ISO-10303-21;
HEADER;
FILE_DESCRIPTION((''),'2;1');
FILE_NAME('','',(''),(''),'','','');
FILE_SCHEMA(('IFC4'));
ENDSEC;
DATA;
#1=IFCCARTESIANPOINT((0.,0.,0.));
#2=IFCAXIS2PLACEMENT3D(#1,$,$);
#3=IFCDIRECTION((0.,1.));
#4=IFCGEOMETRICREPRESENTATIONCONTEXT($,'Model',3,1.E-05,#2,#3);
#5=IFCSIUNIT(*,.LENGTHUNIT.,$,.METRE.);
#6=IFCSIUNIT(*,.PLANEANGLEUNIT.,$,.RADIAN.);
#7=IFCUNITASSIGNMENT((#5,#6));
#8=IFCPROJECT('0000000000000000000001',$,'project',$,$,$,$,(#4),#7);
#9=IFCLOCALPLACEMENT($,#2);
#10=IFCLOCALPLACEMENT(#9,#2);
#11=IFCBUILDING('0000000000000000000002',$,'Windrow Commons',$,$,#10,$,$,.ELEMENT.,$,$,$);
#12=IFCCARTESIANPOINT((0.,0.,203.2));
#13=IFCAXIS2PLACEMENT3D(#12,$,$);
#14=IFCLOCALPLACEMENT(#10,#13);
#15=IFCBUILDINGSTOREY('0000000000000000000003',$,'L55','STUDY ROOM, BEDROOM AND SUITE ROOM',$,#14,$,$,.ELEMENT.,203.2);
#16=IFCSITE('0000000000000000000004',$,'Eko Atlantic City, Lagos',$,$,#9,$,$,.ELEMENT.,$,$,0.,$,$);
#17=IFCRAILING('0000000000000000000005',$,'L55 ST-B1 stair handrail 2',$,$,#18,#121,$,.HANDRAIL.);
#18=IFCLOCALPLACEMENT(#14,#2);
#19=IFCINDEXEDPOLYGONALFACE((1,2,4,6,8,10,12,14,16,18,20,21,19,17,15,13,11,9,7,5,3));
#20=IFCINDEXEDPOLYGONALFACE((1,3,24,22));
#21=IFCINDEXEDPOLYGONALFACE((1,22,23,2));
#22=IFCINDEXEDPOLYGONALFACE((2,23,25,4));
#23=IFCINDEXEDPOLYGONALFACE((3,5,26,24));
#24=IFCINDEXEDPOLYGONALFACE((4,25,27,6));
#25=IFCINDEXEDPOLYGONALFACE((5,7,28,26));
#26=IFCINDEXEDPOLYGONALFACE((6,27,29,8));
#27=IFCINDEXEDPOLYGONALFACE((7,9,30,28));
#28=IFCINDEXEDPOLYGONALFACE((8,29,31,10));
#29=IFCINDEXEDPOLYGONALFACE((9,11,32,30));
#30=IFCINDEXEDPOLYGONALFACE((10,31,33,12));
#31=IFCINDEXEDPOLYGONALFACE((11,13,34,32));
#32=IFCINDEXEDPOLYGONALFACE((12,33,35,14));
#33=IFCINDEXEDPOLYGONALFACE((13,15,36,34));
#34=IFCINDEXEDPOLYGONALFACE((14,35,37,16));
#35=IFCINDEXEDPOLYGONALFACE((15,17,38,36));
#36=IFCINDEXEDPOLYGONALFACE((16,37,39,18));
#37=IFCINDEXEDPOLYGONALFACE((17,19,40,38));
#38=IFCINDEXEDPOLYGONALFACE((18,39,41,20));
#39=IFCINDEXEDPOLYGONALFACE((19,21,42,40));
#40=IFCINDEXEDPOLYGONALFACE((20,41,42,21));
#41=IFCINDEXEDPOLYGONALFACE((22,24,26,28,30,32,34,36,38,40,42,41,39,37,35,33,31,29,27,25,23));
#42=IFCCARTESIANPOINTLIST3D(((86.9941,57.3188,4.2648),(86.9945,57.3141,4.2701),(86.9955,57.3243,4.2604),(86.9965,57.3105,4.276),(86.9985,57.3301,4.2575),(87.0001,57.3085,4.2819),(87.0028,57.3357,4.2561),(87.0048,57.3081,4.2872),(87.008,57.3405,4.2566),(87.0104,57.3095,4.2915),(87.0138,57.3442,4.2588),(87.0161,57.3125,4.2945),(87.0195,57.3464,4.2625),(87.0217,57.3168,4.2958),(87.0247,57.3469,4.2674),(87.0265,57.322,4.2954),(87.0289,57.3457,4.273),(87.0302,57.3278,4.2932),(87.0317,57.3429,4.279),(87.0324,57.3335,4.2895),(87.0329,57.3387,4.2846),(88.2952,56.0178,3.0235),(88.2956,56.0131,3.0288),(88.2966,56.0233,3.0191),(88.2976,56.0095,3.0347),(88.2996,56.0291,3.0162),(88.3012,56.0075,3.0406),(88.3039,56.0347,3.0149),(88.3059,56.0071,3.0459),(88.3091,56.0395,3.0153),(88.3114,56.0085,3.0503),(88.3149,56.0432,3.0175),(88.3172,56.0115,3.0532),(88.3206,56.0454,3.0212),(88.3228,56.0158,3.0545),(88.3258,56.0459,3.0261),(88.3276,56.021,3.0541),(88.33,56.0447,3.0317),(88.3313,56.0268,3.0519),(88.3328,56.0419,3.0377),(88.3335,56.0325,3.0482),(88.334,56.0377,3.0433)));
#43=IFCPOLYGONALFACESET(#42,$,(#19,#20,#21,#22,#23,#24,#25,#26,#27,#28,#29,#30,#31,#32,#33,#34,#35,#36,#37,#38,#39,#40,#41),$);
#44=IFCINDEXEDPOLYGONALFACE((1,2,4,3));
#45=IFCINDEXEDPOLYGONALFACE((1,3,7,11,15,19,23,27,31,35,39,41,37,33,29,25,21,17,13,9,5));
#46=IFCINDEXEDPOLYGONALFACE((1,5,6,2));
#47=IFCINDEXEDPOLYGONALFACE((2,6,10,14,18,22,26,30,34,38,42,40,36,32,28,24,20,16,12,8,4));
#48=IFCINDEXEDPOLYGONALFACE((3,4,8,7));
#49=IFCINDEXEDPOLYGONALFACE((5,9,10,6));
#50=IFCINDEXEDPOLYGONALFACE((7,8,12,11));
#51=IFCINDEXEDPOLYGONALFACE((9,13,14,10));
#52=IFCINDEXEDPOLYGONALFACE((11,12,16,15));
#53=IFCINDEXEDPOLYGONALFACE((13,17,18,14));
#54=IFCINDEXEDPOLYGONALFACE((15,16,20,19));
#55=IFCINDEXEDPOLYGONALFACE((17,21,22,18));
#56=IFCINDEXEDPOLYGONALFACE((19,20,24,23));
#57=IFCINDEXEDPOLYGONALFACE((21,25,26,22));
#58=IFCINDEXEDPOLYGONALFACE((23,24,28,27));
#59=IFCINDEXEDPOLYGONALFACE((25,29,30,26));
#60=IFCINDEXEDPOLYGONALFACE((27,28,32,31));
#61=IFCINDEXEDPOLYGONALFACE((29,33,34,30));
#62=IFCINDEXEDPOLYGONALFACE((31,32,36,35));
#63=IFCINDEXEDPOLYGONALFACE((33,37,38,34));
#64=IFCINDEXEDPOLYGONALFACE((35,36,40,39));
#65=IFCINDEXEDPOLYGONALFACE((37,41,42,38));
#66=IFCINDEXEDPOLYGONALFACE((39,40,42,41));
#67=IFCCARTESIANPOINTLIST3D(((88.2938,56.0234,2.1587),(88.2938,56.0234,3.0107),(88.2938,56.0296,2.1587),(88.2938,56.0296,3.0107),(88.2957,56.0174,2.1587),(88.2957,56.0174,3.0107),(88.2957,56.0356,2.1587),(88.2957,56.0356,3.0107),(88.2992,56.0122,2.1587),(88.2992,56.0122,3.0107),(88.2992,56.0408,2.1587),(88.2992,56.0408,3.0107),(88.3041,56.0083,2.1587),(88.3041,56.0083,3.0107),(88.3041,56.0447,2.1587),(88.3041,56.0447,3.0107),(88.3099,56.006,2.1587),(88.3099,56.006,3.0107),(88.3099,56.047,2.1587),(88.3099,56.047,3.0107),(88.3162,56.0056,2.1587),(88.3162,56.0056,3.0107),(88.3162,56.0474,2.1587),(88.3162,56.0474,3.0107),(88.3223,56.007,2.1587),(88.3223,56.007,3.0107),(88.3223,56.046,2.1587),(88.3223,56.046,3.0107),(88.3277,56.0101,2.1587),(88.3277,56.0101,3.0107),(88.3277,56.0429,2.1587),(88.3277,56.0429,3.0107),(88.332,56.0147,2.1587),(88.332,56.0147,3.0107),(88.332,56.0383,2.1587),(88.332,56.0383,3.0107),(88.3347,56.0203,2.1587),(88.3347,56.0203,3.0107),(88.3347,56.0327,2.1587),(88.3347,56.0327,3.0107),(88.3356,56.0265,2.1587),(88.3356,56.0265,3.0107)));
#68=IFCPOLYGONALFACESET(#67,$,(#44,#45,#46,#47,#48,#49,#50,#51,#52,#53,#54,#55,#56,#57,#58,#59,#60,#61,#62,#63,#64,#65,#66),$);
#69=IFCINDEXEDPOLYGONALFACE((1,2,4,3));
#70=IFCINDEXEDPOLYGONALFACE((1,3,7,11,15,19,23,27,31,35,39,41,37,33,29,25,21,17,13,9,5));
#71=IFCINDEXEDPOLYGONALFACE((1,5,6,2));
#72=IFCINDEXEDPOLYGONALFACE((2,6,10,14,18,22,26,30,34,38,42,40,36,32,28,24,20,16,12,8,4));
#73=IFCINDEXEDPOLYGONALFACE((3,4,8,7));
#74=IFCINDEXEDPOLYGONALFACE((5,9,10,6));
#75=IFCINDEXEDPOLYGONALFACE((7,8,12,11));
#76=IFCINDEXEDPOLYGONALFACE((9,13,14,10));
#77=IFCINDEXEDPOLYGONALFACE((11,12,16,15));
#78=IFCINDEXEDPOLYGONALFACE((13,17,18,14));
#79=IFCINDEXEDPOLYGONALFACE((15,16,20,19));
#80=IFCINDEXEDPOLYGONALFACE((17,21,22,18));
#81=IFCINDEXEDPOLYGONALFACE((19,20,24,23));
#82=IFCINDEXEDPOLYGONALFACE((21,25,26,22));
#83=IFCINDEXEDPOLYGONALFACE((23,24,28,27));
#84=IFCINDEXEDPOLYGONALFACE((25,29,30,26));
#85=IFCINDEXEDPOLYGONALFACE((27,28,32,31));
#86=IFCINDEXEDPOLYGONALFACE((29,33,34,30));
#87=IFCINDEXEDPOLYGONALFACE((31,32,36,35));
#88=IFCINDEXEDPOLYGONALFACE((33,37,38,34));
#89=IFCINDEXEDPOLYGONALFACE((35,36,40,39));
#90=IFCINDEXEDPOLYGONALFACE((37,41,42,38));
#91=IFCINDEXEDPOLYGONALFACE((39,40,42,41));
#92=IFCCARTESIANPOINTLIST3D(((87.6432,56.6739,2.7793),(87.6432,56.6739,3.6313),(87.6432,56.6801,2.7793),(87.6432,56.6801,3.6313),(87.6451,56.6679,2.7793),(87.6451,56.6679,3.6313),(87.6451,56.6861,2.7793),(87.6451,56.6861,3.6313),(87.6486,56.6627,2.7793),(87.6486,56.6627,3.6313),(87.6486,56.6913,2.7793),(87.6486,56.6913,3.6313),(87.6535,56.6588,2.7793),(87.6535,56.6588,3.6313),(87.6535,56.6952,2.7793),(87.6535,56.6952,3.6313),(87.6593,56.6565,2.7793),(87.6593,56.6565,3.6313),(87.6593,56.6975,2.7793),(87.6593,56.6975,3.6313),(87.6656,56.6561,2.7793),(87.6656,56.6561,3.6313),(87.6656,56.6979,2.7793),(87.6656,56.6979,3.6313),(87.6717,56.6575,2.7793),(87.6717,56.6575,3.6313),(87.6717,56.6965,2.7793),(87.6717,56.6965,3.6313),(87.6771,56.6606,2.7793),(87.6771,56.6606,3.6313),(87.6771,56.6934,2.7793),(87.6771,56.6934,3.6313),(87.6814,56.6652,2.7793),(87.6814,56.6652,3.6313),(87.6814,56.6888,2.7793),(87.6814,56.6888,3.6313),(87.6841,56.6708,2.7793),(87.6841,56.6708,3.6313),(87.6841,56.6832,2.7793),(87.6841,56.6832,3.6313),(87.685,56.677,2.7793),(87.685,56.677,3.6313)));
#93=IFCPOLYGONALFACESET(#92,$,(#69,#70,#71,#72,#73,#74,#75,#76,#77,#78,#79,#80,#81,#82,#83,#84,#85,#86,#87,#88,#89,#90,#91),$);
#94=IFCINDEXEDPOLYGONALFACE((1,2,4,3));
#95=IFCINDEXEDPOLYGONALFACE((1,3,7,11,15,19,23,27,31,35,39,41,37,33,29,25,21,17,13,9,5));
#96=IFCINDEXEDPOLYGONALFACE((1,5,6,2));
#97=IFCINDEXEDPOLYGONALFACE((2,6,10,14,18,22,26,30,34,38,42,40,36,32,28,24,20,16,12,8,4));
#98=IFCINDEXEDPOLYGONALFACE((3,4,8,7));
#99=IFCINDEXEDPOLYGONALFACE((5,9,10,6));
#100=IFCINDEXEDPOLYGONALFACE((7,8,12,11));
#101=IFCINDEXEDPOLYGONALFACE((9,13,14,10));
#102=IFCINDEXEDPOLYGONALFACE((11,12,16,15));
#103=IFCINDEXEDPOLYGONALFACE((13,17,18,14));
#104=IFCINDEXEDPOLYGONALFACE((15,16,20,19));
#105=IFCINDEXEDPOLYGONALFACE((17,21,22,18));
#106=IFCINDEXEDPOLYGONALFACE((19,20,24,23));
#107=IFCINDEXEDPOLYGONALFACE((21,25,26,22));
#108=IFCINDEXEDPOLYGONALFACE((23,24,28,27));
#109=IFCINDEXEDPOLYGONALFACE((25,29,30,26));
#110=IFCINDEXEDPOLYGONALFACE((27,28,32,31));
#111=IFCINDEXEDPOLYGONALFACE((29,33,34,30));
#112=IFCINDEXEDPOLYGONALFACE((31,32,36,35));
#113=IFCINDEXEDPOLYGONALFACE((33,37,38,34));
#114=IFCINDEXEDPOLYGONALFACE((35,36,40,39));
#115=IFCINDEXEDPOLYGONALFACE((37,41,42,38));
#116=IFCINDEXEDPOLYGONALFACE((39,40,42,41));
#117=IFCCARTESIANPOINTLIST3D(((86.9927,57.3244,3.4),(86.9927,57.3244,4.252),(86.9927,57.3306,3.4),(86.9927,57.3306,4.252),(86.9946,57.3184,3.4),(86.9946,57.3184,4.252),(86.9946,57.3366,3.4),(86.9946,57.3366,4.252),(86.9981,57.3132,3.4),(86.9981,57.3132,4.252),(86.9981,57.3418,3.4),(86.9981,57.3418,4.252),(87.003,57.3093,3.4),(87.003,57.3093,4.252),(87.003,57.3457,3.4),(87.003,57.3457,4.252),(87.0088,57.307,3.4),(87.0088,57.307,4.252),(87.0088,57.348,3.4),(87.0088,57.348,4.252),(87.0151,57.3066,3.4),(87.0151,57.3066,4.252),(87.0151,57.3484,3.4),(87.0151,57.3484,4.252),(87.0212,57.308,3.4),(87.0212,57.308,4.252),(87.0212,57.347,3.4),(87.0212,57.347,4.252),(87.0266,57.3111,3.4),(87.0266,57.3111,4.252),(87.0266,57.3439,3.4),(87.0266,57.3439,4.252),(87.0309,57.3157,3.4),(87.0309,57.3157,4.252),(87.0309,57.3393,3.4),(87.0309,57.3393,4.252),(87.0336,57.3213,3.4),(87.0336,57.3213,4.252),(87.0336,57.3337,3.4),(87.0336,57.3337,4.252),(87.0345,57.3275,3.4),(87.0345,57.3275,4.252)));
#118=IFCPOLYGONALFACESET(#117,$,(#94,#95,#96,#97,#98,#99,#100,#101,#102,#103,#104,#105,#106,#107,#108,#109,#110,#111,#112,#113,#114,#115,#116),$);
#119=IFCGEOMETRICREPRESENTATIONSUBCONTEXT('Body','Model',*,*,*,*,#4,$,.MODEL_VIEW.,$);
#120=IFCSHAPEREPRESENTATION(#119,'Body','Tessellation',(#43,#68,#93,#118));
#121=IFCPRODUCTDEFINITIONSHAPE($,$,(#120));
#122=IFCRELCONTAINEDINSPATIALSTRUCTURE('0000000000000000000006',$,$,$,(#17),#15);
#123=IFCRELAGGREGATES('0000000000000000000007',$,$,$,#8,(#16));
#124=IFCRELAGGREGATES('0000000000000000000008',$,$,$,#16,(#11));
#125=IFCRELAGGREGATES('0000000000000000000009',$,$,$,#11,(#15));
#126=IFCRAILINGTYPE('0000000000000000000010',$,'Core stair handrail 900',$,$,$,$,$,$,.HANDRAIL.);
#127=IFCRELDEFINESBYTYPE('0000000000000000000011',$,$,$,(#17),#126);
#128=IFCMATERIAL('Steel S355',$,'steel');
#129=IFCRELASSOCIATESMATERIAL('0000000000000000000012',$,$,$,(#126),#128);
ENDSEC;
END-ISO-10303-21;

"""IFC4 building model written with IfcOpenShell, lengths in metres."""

from ifc_helpers import new_model, si_unit, direction, frame, origin, origin_2d, place, context, subcontext, project, spatial, circle, extrude, material, type_object, element, save


model = new_model("IFC4")

# Units and contexts
model_context = context("Model", 3, precision=1e-05, world=origin(), true_north=direction((0.0, 1.0)))
body_context = subcontext(model_context, "Body", "Model", "MODEL_VIEW")
ifc_project = project(units=[si_unit("LENGTHUNIT", "METRE"), si_unit("PLANEANGLEUNIT", "RADIAN")], contexts=[model_context])

# Site, building, storey
site_placement = place(None, origin())
site = spatial("IfcSite", under=ifc_project, at=site_placement, Name="Eko Atlantic City, Lagos", CompositionType="ELEMENT", RefElevation=0.0)
building_placement = place(site_placement, origin())
building = spatial("IfcBuilding", under=site, at=building_placement, Name="Windrow Commons", CompositionType="ELEMENT")
storey_placement = place(building_placement, frame((0.0, 0.0, 203.2)))
storey = spatial("IfcBuildingStorey", under=building, at=storey_placement, Name="L55", Description="STUDY ROOM, BEDROOM AND SUITE ROOM", CompositionType="ELEMENT", Elevation=203.2)

# Railing
ifc_material_1 = material(Name="Steel S355", Category="steel")
railing_type_1 = type_object("IfcRailingType", Name="Core stair handrail 900", PredefinedType="HANDRAIL", material=ifc_material_1)
railing_1_placement = place(storey_placement, frame((88.3146, 56.0265, 2.1587)))
element("IfcRailing", 1, at=railing_1_placement, inside=storey, type_object=railing_type_1, Name="L55 ST-B1 stair handrail 2", PredefinedType="HANDRAIL", context=body_context, shape_type="SweptSolid", body=[
    extrude(circle(Radius=0.024, at=origin_2d()), frame((0.0, 0.0, 0.876), z_axis=(-0.586207, 0.586162, 0.559264), x_axis=(-0.70708, -0.707134, 0.0)), (0.0, 0.0, 1.0), 2.2195),
    extrude(circle(Radius=0.021, at=origin_2d()), origin(), (0.0, 0.0, 1.0), 0.852),
    extrude(circle(Radius=0.021, at=origin_2d()), frame((-0.6506, 0.6505, 0.6206)), (0.0, 0.0, 1.0), 0.852),
    extrude(circle(Radius=0.021, at=origin_2d()), frame((-1.3011, 1.301, 1.2413)), (0.0, 0.0, 1.0), 0.852),
])

save(model, "model.ifc")
